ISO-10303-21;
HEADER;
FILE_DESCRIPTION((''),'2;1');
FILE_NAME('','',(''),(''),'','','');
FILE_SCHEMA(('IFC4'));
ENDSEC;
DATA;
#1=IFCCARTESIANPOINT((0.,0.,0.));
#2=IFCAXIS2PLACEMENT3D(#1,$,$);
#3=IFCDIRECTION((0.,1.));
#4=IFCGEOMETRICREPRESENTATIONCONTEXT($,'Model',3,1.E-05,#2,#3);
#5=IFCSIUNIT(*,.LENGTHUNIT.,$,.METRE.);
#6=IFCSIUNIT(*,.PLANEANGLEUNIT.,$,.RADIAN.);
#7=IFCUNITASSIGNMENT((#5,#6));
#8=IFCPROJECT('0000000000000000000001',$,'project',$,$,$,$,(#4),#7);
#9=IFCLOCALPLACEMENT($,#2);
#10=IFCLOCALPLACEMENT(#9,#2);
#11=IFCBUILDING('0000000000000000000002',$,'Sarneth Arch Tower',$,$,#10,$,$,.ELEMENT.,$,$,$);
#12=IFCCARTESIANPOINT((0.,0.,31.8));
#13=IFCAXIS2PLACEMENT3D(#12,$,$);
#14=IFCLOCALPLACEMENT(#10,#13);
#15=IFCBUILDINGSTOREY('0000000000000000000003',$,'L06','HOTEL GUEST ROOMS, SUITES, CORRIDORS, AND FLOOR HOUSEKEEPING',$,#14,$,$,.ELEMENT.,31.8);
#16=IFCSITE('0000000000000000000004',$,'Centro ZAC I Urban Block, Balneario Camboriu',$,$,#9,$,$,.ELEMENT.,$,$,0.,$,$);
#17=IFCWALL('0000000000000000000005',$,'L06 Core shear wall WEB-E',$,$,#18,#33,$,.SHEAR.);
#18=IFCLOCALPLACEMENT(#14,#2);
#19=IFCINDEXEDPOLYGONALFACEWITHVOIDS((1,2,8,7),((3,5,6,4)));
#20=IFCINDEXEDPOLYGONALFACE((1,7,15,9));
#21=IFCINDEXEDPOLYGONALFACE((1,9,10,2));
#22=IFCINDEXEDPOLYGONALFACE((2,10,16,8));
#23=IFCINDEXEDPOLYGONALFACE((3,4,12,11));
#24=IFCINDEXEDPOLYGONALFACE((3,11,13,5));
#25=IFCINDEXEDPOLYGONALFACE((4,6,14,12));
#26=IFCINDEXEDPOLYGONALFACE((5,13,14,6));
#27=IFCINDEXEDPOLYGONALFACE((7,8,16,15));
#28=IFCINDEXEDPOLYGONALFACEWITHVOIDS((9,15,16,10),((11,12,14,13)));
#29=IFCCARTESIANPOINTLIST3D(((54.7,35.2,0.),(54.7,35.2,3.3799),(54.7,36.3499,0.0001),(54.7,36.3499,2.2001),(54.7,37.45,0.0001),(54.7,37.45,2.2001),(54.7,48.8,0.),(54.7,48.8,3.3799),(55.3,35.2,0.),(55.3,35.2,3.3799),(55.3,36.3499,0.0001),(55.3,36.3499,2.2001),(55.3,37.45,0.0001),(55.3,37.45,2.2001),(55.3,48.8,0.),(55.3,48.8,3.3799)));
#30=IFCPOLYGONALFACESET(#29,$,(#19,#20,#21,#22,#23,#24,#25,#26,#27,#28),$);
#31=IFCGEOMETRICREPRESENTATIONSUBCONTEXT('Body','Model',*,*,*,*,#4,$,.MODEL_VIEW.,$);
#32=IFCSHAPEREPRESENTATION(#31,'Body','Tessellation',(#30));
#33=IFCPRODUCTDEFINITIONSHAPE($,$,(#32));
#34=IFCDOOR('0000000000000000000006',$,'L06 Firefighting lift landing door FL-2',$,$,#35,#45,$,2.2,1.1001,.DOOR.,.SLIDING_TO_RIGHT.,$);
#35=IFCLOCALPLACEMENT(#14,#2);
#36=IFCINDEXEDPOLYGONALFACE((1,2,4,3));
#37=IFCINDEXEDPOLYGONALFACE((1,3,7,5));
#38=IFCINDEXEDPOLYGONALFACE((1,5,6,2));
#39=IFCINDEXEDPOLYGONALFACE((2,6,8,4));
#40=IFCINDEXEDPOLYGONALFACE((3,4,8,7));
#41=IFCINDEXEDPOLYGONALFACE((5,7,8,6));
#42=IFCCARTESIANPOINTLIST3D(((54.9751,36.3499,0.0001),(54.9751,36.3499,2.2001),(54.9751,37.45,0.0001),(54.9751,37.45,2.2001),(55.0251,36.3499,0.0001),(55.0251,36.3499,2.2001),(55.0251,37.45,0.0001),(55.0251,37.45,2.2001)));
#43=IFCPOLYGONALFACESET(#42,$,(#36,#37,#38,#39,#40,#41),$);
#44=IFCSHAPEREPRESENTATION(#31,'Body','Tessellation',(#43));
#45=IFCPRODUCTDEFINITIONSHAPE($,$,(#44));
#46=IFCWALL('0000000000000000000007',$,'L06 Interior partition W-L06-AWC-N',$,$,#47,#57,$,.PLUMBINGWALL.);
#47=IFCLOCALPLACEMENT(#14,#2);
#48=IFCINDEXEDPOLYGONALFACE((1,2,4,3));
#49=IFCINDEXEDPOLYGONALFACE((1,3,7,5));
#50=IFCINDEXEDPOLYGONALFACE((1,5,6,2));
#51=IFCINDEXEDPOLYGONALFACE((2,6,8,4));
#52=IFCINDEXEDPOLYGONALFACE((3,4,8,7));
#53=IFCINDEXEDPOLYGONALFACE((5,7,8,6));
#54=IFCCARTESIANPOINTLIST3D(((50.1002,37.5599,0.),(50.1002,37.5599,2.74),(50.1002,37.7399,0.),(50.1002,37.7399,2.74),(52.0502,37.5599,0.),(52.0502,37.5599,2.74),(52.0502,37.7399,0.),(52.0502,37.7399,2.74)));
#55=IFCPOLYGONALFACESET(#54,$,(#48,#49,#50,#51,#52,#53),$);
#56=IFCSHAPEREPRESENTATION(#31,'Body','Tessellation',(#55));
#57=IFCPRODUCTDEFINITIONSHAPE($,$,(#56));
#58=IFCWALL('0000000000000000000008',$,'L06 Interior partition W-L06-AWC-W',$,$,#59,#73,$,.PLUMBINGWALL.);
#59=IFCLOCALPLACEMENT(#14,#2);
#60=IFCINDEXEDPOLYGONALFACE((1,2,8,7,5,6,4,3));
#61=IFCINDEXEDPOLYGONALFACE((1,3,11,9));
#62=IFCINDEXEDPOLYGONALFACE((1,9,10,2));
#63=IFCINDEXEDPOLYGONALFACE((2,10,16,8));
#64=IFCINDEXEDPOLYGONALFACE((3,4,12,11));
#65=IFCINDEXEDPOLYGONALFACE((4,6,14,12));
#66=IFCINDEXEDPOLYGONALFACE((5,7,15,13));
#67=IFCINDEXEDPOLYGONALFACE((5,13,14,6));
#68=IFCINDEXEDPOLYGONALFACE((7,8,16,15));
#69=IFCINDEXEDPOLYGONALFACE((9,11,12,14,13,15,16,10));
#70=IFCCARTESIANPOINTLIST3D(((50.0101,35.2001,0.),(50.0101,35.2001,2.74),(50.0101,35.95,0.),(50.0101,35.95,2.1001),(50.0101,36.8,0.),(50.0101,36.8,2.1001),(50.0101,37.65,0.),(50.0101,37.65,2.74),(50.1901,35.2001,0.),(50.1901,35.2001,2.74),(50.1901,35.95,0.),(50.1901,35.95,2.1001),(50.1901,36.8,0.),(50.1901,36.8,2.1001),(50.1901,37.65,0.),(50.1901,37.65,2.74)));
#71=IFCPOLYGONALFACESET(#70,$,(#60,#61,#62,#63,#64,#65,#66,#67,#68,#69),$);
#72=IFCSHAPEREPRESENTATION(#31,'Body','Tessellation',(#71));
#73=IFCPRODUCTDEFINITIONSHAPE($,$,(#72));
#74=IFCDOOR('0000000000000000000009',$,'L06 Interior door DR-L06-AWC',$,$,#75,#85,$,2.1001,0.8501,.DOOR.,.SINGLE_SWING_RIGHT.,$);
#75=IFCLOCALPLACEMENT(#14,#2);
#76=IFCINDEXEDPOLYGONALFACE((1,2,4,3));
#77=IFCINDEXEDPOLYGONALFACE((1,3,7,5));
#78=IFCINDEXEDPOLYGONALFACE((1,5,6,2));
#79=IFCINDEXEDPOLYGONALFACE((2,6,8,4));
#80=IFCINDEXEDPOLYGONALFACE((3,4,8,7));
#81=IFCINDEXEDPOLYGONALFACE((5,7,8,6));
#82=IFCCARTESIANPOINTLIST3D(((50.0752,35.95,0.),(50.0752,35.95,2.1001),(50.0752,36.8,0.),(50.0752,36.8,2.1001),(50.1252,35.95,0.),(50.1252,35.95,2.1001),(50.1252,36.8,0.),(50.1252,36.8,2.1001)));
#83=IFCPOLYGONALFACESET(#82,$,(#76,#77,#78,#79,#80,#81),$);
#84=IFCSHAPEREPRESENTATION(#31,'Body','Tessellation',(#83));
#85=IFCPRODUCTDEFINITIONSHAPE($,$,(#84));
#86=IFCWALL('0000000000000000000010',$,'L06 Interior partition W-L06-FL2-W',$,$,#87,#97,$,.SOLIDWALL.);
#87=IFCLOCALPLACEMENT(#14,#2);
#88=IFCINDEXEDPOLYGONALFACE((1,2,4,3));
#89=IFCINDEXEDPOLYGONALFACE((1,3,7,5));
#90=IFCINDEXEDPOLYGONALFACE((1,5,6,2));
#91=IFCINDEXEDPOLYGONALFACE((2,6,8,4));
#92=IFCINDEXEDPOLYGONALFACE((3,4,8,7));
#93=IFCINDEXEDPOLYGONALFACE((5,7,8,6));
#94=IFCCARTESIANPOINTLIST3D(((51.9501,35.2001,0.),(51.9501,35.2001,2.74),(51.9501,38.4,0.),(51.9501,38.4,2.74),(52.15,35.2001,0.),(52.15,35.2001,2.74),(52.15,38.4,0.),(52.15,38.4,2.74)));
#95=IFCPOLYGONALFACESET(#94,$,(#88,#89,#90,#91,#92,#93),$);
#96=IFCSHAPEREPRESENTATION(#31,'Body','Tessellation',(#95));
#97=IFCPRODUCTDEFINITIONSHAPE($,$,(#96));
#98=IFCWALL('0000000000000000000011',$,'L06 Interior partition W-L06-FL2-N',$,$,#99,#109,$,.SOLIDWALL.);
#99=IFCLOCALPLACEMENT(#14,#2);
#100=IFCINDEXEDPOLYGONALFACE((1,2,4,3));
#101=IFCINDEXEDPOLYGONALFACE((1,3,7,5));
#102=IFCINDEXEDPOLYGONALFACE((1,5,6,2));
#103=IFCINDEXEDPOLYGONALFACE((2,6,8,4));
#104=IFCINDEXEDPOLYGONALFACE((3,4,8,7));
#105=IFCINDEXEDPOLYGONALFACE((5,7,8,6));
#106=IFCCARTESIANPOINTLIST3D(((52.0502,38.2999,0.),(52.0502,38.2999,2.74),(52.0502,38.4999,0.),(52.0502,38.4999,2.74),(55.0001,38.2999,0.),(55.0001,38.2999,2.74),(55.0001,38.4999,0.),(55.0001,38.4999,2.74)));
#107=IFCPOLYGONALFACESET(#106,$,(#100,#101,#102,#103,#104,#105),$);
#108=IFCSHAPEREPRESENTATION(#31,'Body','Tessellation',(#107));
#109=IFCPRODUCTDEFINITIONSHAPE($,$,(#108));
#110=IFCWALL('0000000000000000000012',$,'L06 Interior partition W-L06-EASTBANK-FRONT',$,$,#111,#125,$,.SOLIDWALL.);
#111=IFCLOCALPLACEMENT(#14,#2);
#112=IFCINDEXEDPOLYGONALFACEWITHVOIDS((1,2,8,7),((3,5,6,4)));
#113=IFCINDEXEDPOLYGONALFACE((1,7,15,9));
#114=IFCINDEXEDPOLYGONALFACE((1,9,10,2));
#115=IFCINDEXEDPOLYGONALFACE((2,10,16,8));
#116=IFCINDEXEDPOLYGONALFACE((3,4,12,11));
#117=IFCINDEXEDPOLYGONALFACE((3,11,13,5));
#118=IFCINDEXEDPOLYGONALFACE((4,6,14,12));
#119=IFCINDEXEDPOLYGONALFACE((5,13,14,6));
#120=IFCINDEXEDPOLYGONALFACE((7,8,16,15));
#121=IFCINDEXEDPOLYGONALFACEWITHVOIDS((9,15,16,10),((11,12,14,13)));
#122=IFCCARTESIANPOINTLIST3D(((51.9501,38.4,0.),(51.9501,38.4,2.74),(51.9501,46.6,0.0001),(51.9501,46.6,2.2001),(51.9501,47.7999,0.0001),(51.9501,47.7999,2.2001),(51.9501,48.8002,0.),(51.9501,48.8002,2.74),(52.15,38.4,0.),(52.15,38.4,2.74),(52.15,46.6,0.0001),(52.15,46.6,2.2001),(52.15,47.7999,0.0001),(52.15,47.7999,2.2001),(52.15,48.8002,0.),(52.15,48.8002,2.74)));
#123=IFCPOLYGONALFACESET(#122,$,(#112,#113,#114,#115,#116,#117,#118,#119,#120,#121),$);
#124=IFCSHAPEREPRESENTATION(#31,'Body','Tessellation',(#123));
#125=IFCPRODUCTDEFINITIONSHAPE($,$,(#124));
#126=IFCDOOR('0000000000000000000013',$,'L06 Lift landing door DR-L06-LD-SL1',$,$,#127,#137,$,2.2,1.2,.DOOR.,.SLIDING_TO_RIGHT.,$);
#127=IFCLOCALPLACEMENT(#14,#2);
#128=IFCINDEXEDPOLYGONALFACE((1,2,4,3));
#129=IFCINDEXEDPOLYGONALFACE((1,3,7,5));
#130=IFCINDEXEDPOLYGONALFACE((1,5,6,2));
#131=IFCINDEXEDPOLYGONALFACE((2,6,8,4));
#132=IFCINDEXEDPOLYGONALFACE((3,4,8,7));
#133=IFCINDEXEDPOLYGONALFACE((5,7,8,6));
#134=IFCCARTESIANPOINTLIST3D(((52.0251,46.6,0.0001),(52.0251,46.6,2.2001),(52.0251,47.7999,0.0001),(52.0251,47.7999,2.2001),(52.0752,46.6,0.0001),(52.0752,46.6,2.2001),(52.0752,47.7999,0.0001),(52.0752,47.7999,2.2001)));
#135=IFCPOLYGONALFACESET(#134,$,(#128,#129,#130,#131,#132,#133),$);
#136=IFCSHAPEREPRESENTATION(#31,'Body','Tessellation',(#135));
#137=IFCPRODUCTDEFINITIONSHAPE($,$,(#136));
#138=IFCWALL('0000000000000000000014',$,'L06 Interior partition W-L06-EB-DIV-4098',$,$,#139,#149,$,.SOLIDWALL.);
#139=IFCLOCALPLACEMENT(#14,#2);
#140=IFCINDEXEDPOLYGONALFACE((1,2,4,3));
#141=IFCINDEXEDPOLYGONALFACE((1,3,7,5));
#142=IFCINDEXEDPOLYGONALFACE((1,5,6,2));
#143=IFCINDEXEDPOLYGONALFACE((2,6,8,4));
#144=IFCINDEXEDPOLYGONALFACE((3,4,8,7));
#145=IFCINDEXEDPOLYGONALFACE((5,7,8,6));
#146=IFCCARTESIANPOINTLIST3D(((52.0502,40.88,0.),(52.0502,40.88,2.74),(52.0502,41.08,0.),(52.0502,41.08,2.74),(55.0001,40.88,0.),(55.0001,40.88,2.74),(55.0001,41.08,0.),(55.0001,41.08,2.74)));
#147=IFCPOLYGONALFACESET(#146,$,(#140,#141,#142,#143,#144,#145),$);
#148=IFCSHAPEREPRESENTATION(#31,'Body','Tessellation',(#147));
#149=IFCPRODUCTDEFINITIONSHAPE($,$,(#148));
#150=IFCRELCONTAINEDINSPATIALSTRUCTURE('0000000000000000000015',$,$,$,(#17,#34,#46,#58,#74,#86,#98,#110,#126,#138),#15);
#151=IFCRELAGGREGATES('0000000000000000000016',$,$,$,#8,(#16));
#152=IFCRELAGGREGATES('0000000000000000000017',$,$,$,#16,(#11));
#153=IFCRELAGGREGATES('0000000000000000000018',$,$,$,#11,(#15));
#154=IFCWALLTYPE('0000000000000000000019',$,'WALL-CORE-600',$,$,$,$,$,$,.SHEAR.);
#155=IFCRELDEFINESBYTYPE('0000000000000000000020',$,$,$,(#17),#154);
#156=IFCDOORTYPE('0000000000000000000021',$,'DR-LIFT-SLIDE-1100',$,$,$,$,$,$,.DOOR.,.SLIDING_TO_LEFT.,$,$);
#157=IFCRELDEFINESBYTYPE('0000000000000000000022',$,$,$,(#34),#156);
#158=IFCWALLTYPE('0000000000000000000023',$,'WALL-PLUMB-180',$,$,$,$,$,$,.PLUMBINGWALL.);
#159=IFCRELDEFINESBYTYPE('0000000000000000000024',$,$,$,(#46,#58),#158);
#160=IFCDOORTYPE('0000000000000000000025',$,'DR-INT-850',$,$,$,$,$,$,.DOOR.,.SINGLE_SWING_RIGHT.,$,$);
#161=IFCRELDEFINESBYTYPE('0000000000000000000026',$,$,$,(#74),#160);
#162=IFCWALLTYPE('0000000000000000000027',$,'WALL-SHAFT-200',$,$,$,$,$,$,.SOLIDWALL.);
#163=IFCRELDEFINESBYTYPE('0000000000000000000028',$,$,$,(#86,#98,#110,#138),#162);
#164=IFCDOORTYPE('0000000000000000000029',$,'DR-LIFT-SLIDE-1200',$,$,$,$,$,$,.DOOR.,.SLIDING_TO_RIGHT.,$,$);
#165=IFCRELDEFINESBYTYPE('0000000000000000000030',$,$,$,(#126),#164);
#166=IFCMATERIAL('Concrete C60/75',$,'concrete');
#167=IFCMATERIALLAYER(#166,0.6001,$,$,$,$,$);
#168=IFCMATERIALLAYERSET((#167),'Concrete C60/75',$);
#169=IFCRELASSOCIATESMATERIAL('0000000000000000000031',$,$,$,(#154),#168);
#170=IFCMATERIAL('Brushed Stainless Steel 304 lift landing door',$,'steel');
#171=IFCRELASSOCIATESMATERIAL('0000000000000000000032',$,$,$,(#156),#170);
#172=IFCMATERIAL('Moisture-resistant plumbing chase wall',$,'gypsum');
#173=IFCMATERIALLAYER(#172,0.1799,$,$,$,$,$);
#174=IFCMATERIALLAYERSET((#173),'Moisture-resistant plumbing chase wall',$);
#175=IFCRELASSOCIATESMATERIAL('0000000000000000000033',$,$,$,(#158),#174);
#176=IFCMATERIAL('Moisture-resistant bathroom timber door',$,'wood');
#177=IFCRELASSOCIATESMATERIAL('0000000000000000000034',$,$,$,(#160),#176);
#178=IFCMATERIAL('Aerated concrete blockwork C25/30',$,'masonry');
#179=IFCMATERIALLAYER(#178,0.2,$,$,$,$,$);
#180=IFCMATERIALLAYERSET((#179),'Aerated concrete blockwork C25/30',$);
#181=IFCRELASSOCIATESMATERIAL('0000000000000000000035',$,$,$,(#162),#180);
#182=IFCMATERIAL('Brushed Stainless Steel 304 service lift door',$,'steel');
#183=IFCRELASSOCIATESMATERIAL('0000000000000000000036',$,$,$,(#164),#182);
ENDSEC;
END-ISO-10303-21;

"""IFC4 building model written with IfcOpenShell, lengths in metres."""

from ifc_helpers import new_model, si_unit, direction, frame, frame_2d, origin, place, context, subcontext, project, spatial, rectangle, extrude, material, layer, layer_set, type_object, element, fill, save


model = new_model("IFC4")

# Units and contexts
model_context = context("Model", 3, precision=1e-05, world=origin(), true_north=direction((0.0, 1.0)))
body_context = subcontext(model_context, "Body", "Model", "MODEL_VIEW")
ifc_project = project(units=[si_unit("LENGTHUNIT", "METRE"), si_unit("PLANEANGLEUNIT", "RADIAN")], contexts=[model_context])

# Site, building, storey
site_placement = place(None, origin())
site = spatial("IfcSite", under=ifc_project, at=site_placement, Name="Centro ZAC I Urban Block, Balneario Camboriu", CompositionType="ELEMENT", RefElevation=0.0)
building_placement = place(site_placement, origin())
building = spatial("IfcBuilding", under=site, at=building_placement, Name="Sarneth Arch Tower", CompositionType="ELEMENT")
storey_placement = place(building_placement, frame((0.0, 0.0, 31.8)))
storey = spatial("IfcBuildingStorey", under=building, at=storey_placement, Name="L06", Description="HOTEL GUEST ROOMS, SUITES, CORRIDORS, AND FLOOR HOUSEKEEPING", CompositionType="ELEMENT", Elevation=31.8)

# Shared definitions
ifc_material_1 = material(Name="Concrete C60/75", Category="concrete")
ifc_layer_1 = layer(ifc_material_1, 0.6001)
ifc_layer_set_1 = layer_set([ifc_layer_1], Name="Concrete C60/75")
wall_type_1 = type_object("IfcWallType", Name="WALL-CORE-600", PredefinedType="SHEAR", material=ifc_layer_set_1)

# Wall, opening, door
wall_1_placement = place(storey_placement, frame((55.0, 35.2, 0.0), z_axis=(0.0, 0.0, 1.0), x_axis=(0.0, 1.0, 0.0)))
wall_1 = element("IfcWall", 1, at=wall_1_placement, inside=storey, type_object=wall_type_1, Name="L06 Core shear wall WEB-E", PredefinedType="SHEAR", context=body_context, shape_type="SweptSolid", body=[
    extrude(rectangle(XDim=13.6001, YDim=0.6001, at=frame_2d((6.8, 0.0))), origin(), (0.0, 0.0, 1.0), 3.3799),
])
opening_1_placement = place(wall_1_placement, frame((1.1499, 0.0, 0.0)))
opening_1 = element("IfcOpeningElement", 2, at=opening_1_placement, cuts=wall_1, PredefinedType="OPENING", context=body_context, shape_type="SweptSolid", body=[
    extrude(rectangle(XDim=1.1001, YDim=2.2, at=frame_2d((0.55, 1.1001))), frame((0.0, 0.3101, 0.0), z_axis=(0.0, -1.0, 0.0), x_axis=(1.0, 0.0, 0.0)), (0.0, 0.0, 1.0), 0.6201),
])
ifc_material_2 = material(Name="Brushed Stainless Steel 304 lift landing door", Category="steel")
door_type_1 = type_object("IfcDoorType", Name="DR-LIFT-SLIDE-1100", OperationType="SLIDING_TO_LEFT", PredefinedType="DOOR", material=ifc_material_2)
door_1_placement = place(opening_1_placement, origin())
door_1 = element("IfcDoor", 3, at=door_1_placement, inside=storey, type_object=door_type_1, Name="L06 Firefighting lift landing door FL-2", OperationType="SLIDING_TO_RIGHT", OverallHeight=2.2, OverallWidth=1.1001, PredefinedType="DOOR", context=body_context, shape_type="SweptSolid", body=[
    extrude(rectangle(XDim=1.1001, YDim=2.2, at=frame_2d((0.55, 1.1001))), frame((0.0, 0.0249, 0.0), z_axis=(0.0, -1.0, 0.0), x_axis=(1.0, 0.0, 0.0)), (0.0, 0.0, 1.0), 0.05),
])
fill(opening_1, door_1)

# Wall
ifc_material_3 = material(Name="Moisture-resistant plumbing chase wall", Category="gypsum")
ifc_layer_2 = layer(ifc_material_3, 0.1799)
ifc_layer_set_2 = layer_set([ifc_layer_2], Name="Moisture-resistant plumbing chase wall")
wall_type_2 = type_object("IfcWallType", Name="WALL-PLUMB-180", PredefinedType="PLUMBINGWALL", material=ifc_layer_set_2)
wall_2_placement = place(storey_placement, frame((50.1001, 37.6499, 0.0), z_axis=(0.0, 0.0, 1.0), x_axis=(1.0, 0.0, 0.0)))
element("IfcWall", 4, at=wall_2_placement, inside=storey, type_object=wall_type_2, Name="L06 Interior partition W-L06-AWC-N", PredefinedType="PLUMBINGWALL", context=body_context, shape_type="SweptSolid", body=[
    extrude(rectangle(XDim=1.95, YDim=0.1799, at=frame_2d((0.9751, 0.0))), origin(), (0.0, 0.0, 1.0), 2.74),
])

# Wall, opening, door
wall_3_placement = place(storey_placement, frame((50.1001, 35.2, 0.0), z_axis=(0.0, 0.0, 1.0), x_axis=(0.0, 1.0, 0.0)))
wall_3 = element("IfcWall", 5, at=wall_3_placement, inside=storey, type_object=wall_type_2, Name="L06 Interior partition W-L06-AWC-W", PredefinedType="PLUMBINGWALL", context=body_context, shape_type="SweptSolid", body=[
    extrude(rectangle(XDim=2.45, YDim=0.1799, at=frame_2d((1.2251, 0.0))), origin(), (0.0, 0.0, 1.0), 2.74),
])
opening_2_placement = place(wall_3_placement, frame((0.75, 0.0, 0.0)))
opening_2 = element("IfcOpeningElement", 6, at=opening_2_placement, cuts=wall_3, PredefinedType="OPENING", context=body_context, shape_type="SweptSolid", body=[
    extrude(rectangle(XDim=0.8501, YDim=2.1001, at=frame_2d((0.425, 1.05))), frame((0.0, 0.0999, 0.0), z_axis=(0.0, -1.0, 0.0), x_axis=(1.0, 0.0, 0.0)), (0.0, 0.0, 1.0), 0.2),
])
ifc_material_4 = material(Name="Moisture-resistant bathroom timber door", Category="wood")
door_type_2 = type_object("IfcDoorType", Name="DR-INT-850", OperationType="SINGLE_SWING_RIGHT", PredefinedType="DOOR", material=ifc_material_4)
door_2_placement = place(opening_2_placement, origin())
door_2 = element("IfcDoor", 7, at=door_2_placement, inside=storey, type_object=door_type_2, Name="L06 Interior door DR-L06-AWC", OperationType="SINGLE_SWING_RIGHT", OverallHeight=2.1001, OverallWidth=0.8501, PredefinedType="DOOR", context=body_context, shape_type="SweptSolid", body=[
    extrude(rectangle(XDim=0.8501, YDim=2.1001, at=frame_2d((0.425, 1.05))), frame((0.0, 0.0249, 0.0), z_axis=(0.0, -1.0, 0.0), x_axis=(1.0, 0.0, 0.0)), (0.0, 0.0, 1.0), 0.05),
])
fill(opening_2, door_2)
ifc_material_5 = material(Name="Aerated concrete blockwork C25/30", Category="masonry")
ifc_layer_3 = layer(ifc_material_5, 0.2)
ifc_layer_set_3 = layer_set([ifc_layer_3], Name="Aerated concrete blockwork C25/30")
wall_type_3 = type_object("IfcWallType", Name="WALL-SHAFT-200", PredefinedType="SOLIDWALL", material=ifc_layer_set_3)

# Walls
wall_4_placement = place(storey_placement, frame((52.05, 35.2, 0.0), z_axis=(0.0, 0.0, 1.0), x_axis=(0.0, 1.0, 0.0)))
element("IfcWall", 8, at=wall_4_placement, inside=storey, type_object=wall_type_3, Name="L06 Interior partition W-L06-FL2-W", PredefinedType="SOLIDWALL", context=body_context, shape_type="SweptSolid", body=[
    extrude(rectangle(XDim=3.2, YDim=0.2, at=frame_2d((1.6001, 0.0))), origin(), (0.0, 0.0, 1.0), 2.74),
])
wall_5_placement = place(storey_placement, frame((52.05, 38.3999, 0.0), z_axis=(0.0, 0.0, 1.0), x_axis=(1.0, 0.0, 0.0)))
element("IfcWall", 9, at=wall_5_placement, inside=storey, type_object=wall_type_3, Name="L06 Interior partition W-L06-FL2-N", PredefinedType="SOLIDWALL", context=body_context, shape_type="SweptSolid", body=[
    extrude(rectangle(XDim=2.95, YDim=0.2, at=frame_2d((1.4751, 0.0))), origin(), (0.0, 0.0, 1.0), 2.74),
])

# Wall, opening, door
wall_6_placement = place(storey_placement, frame((52.05, 38.3999, 0.0), z_axis=(0.0, 0.0, 1.0), x_axis=(0.0, 1.0, 0.0)))
wall_6 = element("IfcWall", 10, at=wall_6_placement, inside=storey, type_object=wall_type_3, Name="L06 Interior partition W-L06-EASTBANK-FRONT", PredefinedType="SOLIDWALL", context=body_context, shape_type="SweptSolid", body=[
    extrude(rectangle(XDim=10.4001, YDim=0.2, at=frame_2d((5.2002, 0.0))), origin(), (0.0, 0.0, 1.0), 2.74),
])
opening_3_placement = place(wall_6_placement, frame((8.2, 0.0, 0.0)))
opening_3 = element("IfcOpeningElement", 11, at=opening_3_placement, cuts=wall_6, PredefinedType="OPENING", context=body_context, shape_type="SweptSolid", body=[
    extrude(rectangle(XDim=1.2, YDim=2.2, at=frame_2d((0.6001, 1.1001))), frame((0.0, 0.1099, 0.0), z_axis=(0.0, -1.0, 0.0), x_axis=(1.0, 0.0, 0.0)), (0.0, 0.0, 1.0), 0.22),
])
ifc_material_6 = material(Name="Brushed Stainless Steel 304 service lift door", Category="steel")
door_type_3 = type_object("IfcDoorType", Name="DR-LIFT-SLIDE-1200", OperationType="SLIDING_TO_RIGHT", PredefinedType="DOOR", material=ifc_material_6)
door_3_placement = place(opening_3_placement, origin())
door_3 = element("IfcDoor", 12, at=door_3_placement, inside=storey, type_object=door_type_3, Name="L06 Lift landing door DR-L06-LD-SL1", OperationType="SLIDING_TO_RIGHT", OverallHeight=2.2, OverallWidth=1.2, PredefinedType="DOOR", context=body_context, shape_type="SweptSolid", body=[
    extrude(rectangle(XDim=1.2, YDim=2.2, at=frame_2d((0.6001, 1.1001))), frame((0.0, 0.0249, 0.0), z_axis=(0.0, -1.0, 0.0), x_axis=(1.0, 0.0, 0.0)), (0.0, 0.0, 1.0), 0.05),
])
fill(opening_3, door_3)

# Wall
wall_7_placement = place(storey_placement, frame((52.05, 40.98, 0.0), z_axis=(0.0, 0.0, 1.0), x_axis=(1.0, 0.0, 0.0)))
element("IfcWall", 13, at=wall_7_placement, inside=storey, type_object=wall_type_3, Name="L06 Interior partition W-L06-EB-DIV-4098", PredefinedType="SOLIDWALL", context=body_context, shape_type="SweptSolid", body=[
    extrude(rectangle(XDim=2.95, YDim=0.2, at=frame_2d((1.4751, 0.0))), origin(), (0.0, 0.0, 1.0), 2.74),
])

save(model, "model.ifc")
